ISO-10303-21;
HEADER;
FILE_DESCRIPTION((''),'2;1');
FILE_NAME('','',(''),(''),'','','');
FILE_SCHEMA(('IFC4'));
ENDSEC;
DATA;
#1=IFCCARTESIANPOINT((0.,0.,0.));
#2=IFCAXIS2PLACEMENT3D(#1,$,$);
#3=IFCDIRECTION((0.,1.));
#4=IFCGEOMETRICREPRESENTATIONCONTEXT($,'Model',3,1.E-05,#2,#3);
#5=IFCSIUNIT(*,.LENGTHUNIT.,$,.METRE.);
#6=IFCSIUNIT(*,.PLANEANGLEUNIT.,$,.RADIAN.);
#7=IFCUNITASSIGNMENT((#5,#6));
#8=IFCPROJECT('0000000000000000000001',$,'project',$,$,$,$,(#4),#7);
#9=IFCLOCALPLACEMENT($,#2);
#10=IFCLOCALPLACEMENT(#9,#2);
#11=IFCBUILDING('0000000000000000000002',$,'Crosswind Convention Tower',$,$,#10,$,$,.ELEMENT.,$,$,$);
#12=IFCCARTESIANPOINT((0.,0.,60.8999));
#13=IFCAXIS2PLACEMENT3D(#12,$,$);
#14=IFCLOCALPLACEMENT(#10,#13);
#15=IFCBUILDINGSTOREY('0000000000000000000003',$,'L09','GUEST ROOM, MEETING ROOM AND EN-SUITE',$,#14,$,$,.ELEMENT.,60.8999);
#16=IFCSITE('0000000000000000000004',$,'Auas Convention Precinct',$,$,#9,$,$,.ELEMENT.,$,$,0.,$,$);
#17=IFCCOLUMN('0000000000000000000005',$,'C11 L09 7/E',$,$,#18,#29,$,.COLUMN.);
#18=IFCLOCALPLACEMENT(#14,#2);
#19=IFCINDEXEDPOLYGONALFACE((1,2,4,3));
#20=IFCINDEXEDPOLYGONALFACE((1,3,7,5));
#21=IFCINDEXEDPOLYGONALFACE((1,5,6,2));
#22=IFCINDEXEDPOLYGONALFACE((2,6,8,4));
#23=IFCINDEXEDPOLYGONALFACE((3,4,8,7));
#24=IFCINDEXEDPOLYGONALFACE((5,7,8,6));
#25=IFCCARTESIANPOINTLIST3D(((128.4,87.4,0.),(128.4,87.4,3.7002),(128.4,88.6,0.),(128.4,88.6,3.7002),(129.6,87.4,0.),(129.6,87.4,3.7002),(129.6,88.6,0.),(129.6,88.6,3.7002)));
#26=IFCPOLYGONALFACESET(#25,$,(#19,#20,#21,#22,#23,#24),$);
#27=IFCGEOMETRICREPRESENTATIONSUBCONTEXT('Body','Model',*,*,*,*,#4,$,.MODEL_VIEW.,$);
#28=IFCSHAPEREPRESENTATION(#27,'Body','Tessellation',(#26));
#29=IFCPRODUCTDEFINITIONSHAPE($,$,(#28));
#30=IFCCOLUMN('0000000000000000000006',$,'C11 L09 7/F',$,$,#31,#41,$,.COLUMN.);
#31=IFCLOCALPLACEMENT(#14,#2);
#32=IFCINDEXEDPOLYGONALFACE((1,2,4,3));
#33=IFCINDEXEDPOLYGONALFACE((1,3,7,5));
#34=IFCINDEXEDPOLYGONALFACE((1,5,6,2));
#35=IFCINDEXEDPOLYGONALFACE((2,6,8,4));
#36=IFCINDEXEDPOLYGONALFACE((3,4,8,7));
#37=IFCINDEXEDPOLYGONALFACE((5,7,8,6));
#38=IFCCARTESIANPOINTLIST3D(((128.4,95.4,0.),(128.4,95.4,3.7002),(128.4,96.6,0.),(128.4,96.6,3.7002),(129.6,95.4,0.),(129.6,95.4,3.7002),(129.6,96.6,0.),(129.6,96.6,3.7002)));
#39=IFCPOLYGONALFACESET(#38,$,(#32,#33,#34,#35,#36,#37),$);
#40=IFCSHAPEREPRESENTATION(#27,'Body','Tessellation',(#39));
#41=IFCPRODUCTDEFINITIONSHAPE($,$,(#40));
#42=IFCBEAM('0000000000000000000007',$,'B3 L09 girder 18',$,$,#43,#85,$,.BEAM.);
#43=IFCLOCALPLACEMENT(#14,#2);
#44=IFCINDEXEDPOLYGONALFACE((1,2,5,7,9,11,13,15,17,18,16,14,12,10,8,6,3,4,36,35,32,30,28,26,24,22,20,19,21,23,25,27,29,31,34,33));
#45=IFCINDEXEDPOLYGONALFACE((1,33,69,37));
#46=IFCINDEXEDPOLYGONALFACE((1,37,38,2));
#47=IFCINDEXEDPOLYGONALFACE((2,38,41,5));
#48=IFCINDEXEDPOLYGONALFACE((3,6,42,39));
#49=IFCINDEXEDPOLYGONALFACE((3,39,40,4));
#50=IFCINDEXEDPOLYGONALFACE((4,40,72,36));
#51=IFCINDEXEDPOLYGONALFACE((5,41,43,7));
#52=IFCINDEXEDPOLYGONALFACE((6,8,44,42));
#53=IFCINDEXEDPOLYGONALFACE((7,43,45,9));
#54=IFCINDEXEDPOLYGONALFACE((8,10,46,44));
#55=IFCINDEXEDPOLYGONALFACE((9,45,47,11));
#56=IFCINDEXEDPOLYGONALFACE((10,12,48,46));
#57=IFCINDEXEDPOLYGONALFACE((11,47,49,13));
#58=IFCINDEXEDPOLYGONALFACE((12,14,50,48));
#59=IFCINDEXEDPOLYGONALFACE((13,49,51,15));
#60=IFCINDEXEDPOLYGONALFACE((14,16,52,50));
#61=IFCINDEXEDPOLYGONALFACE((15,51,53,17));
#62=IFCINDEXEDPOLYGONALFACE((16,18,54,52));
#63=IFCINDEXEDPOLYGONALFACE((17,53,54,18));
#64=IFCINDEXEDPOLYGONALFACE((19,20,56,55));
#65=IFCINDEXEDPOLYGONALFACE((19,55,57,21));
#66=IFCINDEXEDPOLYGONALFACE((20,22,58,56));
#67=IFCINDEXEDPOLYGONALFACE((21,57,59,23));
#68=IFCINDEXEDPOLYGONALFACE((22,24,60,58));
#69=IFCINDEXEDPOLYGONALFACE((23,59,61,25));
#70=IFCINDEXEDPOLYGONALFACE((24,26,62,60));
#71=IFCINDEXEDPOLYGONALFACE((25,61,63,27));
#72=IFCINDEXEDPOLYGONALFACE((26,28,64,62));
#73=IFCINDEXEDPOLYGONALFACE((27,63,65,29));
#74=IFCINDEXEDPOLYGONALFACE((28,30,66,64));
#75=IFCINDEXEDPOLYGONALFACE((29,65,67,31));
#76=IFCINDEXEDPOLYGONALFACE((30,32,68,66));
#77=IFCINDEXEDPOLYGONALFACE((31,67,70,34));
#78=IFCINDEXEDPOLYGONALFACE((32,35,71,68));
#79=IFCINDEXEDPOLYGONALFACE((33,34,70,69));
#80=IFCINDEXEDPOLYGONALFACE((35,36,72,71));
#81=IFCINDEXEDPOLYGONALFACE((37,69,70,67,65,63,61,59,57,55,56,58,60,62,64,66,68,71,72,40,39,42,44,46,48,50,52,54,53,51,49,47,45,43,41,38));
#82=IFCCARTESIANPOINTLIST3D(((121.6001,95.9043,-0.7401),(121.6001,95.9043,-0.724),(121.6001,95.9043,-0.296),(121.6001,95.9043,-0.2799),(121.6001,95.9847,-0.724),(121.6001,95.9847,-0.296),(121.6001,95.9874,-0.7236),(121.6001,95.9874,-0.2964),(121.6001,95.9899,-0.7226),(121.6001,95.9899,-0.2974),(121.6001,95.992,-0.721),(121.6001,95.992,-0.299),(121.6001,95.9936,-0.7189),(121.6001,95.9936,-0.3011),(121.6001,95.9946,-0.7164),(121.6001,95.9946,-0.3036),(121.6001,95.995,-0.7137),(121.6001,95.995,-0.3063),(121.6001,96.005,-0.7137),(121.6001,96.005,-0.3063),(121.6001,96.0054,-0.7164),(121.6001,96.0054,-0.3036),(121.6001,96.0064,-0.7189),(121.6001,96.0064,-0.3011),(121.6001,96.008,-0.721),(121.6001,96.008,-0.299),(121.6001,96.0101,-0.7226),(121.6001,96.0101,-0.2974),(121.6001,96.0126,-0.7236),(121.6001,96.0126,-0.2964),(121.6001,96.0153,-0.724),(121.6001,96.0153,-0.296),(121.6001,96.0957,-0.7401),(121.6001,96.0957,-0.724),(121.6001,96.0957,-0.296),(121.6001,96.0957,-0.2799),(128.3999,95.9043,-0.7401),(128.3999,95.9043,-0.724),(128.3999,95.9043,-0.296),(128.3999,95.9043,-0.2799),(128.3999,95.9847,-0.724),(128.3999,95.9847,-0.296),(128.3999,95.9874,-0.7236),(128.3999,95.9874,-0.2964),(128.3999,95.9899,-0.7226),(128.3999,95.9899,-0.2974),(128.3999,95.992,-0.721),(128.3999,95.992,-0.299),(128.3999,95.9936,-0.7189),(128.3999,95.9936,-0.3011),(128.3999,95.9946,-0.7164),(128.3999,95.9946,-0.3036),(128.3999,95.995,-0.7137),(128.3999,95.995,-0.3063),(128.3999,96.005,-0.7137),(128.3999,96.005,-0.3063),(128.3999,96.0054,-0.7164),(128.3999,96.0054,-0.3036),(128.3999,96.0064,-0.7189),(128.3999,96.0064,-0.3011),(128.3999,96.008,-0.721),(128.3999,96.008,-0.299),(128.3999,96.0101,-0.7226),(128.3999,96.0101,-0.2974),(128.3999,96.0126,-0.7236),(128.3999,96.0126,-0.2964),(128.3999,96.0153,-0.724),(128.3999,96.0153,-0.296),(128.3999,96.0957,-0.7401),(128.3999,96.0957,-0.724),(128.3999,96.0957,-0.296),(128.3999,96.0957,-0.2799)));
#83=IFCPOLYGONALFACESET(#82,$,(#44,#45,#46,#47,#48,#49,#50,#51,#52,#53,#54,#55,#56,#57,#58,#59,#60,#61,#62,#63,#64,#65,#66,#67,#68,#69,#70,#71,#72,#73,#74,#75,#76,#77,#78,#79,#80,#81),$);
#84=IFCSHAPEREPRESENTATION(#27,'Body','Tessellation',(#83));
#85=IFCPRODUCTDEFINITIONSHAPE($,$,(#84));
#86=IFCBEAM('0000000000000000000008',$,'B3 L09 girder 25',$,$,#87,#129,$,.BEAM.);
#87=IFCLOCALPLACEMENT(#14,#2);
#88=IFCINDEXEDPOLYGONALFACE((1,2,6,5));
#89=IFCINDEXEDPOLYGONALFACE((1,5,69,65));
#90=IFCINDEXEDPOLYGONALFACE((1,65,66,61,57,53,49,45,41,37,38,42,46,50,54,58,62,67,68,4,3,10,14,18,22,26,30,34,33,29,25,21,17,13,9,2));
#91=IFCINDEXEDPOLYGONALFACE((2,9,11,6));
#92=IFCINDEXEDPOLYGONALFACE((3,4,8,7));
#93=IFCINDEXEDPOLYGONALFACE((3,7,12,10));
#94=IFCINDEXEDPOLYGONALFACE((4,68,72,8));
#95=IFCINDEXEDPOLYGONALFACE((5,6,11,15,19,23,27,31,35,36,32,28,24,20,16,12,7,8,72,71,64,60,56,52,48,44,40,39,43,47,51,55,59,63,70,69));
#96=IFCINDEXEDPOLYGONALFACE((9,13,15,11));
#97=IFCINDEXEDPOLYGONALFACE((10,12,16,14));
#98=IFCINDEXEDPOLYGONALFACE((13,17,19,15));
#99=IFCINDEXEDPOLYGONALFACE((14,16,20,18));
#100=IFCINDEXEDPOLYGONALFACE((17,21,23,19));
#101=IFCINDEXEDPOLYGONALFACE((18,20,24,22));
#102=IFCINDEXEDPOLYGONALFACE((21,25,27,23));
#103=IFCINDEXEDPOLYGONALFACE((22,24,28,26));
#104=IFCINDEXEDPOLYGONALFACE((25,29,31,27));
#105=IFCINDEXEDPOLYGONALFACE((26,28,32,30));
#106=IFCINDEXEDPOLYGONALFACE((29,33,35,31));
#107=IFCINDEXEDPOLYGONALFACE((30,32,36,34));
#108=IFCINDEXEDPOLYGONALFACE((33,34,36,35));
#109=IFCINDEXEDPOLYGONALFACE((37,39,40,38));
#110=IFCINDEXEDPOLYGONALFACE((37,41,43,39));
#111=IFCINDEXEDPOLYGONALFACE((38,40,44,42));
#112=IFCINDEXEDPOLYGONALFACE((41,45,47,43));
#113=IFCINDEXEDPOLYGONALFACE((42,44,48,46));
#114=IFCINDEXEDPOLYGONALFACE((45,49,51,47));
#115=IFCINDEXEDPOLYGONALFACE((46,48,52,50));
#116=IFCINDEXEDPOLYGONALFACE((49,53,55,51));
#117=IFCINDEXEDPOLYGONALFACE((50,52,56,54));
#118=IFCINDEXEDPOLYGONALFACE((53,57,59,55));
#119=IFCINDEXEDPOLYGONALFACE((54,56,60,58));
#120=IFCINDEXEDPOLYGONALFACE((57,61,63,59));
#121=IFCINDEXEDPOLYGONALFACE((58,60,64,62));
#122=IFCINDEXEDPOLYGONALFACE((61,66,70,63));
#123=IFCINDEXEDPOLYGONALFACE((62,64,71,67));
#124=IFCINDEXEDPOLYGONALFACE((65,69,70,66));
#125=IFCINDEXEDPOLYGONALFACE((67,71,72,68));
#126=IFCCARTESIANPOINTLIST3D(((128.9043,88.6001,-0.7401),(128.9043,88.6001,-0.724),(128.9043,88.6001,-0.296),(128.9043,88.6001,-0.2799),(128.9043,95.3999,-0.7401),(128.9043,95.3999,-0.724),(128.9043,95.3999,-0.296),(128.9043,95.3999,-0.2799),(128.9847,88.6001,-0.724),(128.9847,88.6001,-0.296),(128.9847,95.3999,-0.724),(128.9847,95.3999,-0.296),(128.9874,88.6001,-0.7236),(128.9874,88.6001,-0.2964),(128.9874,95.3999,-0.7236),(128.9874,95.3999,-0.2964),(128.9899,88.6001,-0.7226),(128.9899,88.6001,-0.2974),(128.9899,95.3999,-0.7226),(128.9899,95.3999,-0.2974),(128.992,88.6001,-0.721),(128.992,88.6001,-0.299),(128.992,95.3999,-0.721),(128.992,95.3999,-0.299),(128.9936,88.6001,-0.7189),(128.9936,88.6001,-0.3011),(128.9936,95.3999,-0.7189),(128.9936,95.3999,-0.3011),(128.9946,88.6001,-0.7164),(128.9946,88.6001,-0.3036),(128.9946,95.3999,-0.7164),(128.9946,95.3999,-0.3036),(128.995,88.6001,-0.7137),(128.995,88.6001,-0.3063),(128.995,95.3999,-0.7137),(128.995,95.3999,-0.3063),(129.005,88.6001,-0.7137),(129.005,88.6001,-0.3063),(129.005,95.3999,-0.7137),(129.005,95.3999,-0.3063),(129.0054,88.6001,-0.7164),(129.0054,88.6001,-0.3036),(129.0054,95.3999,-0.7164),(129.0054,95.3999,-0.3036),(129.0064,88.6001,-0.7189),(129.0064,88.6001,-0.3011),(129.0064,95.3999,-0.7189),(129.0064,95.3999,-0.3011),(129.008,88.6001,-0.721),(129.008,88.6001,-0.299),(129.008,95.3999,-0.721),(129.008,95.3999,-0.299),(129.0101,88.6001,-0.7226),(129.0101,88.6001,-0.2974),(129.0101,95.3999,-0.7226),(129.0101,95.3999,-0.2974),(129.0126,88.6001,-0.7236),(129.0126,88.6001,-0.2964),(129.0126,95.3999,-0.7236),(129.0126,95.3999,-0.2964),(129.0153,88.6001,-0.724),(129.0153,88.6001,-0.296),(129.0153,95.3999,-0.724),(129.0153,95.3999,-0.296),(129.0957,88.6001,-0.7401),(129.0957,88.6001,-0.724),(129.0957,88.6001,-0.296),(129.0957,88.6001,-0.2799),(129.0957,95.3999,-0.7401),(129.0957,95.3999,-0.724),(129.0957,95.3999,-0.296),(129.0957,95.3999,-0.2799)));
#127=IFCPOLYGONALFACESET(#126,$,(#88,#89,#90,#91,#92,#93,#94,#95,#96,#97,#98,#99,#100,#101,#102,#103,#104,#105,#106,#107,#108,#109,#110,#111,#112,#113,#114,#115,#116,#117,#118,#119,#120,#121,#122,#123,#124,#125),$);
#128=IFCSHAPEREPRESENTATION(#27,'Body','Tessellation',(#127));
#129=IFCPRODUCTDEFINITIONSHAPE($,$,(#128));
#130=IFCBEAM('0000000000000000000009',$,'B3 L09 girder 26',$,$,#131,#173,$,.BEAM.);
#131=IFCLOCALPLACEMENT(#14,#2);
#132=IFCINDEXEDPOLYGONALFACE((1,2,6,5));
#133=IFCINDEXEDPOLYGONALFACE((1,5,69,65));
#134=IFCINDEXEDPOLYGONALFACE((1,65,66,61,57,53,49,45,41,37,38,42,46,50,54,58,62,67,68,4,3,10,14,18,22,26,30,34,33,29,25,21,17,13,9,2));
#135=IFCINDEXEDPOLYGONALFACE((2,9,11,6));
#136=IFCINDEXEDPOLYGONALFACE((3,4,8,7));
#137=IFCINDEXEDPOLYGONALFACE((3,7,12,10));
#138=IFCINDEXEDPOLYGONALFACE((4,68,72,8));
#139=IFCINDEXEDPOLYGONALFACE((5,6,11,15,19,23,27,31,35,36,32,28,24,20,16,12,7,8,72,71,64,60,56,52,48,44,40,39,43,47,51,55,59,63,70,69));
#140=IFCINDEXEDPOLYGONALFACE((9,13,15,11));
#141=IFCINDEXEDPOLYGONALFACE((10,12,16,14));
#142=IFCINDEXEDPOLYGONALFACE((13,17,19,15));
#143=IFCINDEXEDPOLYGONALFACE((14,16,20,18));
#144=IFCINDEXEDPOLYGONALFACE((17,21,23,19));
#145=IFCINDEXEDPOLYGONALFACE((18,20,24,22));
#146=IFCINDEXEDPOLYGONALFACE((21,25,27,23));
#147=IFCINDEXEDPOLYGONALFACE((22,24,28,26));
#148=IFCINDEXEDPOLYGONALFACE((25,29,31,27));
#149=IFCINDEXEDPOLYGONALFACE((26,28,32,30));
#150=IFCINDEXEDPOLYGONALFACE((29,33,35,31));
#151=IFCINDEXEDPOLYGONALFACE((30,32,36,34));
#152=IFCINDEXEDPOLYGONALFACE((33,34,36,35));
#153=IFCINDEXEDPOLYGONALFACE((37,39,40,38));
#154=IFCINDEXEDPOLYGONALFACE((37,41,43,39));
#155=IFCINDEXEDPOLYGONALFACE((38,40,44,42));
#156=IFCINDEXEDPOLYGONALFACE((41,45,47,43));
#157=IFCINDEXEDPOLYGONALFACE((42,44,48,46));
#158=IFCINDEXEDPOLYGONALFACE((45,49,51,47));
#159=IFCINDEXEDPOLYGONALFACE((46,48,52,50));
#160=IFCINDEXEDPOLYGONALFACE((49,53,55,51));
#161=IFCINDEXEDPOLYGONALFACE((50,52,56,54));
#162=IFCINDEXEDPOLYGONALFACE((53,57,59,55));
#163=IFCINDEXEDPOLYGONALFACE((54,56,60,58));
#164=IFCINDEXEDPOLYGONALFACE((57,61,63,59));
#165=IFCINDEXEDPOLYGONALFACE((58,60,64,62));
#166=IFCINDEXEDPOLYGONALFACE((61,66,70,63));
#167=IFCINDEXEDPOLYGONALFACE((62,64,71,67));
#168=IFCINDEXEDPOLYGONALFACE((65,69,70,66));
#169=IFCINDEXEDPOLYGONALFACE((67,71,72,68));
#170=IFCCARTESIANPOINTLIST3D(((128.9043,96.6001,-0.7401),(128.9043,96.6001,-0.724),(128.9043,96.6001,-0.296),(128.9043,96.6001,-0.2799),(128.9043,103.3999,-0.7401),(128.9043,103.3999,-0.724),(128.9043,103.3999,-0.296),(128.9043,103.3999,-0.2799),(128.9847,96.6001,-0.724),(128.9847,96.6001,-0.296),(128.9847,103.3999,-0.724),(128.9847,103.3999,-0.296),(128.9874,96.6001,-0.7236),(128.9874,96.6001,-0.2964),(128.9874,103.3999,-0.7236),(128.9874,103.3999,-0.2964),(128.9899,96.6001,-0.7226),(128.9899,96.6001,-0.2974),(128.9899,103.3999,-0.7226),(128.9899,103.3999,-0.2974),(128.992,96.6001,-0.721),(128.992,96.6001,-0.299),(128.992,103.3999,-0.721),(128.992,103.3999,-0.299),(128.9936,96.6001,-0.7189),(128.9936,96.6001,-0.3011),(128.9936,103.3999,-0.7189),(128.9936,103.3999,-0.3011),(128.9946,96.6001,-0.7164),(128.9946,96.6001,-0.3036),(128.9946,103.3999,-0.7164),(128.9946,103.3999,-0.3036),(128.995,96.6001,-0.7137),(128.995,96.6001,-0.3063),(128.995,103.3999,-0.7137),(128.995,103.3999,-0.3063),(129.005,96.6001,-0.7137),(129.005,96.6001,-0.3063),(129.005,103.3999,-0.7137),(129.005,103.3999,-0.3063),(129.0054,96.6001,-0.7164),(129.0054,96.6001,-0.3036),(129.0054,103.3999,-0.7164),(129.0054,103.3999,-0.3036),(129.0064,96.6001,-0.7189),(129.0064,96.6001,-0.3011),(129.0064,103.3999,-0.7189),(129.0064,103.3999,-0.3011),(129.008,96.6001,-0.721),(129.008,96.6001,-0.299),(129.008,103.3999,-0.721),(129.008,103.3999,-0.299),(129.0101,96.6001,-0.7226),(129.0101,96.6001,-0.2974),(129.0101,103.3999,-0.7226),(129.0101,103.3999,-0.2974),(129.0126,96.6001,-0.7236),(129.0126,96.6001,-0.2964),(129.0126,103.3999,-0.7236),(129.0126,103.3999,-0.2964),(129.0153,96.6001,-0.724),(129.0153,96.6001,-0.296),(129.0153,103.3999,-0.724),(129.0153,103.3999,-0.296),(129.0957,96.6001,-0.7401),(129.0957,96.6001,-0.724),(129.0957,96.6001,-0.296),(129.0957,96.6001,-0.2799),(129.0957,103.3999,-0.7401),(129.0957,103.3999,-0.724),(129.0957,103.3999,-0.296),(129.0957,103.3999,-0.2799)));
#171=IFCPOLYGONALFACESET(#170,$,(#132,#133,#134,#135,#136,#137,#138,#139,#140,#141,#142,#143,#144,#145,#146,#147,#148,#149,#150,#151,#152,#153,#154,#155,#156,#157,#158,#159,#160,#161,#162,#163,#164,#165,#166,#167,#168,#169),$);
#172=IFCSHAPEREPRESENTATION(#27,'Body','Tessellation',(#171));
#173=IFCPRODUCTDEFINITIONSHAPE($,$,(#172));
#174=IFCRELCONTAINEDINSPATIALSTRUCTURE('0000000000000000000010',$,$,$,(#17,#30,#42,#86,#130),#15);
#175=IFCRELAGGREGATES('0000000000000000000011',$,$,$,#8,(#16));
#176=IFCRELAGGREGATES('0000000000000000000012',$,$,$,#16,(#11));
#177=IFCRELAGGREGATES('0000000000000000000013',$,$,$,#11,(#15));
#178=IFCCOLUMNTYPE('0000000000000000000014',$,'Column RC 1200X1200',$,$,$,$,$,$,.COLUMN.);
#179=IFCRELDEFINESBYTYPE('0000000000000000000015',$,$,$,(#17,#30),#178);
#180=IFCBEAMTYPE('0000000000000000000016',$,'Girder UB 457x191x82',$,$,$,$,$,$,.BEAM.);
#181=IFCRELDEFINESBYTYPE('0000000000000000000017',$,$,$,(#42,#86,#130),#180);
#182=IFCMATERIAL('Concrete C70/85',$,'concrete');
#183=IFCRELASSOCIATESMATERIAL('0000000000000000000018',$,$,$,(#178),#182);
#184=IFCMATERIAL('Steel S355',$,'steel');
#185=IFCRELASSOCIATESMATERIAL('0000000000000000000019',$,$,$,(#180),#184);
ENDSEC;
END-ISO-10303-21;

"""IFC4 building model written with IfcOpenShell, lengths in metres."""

from ifc_helpers import new_model, si_unit, direction, frame, origin, origin_2d, place, context, subcontext, project, spatial, rectangle, i_section, extrude, material, material_profile, profile_set, type_object, element, save


model = new_model("IFC4")

# Units and contexts
model_context = context("Model", 3, precision=1e-05, world=origin(), true_north=direction((0.0, 1.0)))
body_context = subcontext(model_context, "Body", "Model", "MODEL_VIEW")
ifc_project = project(units=[si_unit("LENGTHUNIT", "METRE"), si_unit("PLANEANGLEUNIT", "RADIAN")], contexts=[model_context])

# Site, building, storey
site_placement = place(None, origin())
site = spatial("IfcSite", under=ifc_project, at=site_placement, Name="Auas Convention Precinct", CompositionType="ELEMENT", RefElevation=0.0)
building_placement = place(site_placement, origin())
building = spatial("IfcBuilding", under=site, at=building_placement, Name="Crosswind Convention Tower", CompositionType="ELEMENT")
storey_placement = place(building_placement, frame((0.0, 0.0, 60.8999)))
storey = spatial("IfcBuildingStorey", under=building, at=storey_placement, Name="L09", Description="GUEST ROOM, MEETING ROOM AND EN-SUITE", CompositionType="ELEMENT", Elevation=60.8999)

# Columns
ifc_material_1 = material(Name="Concrete C70/85", Category="concrete")
ifc_material_profile_1 = material_profile(ifc_material_1, rectangle(XDim=1.2, YDim=1.2, at=origin_2d()), Name="RC 1200X1200")
ifc_profile_set_1 = profile_set([ifc_material_profile_1], Name="Concrete C70/85")
column_type = type_object("IfcColumnType", Name="Column RC 1200X1200", PredefinedType="COLUMN", material=ifc_profile_set_1)
for number, where, z_axis, x_axis, name in (
    (1, (129.0, 88.0, 0.0), (0.0, 0.0, 1.0), (1.0, 0.0, 0.0), "C11 L09 7/E"),
    (2, (129.0, 96.0, 0.0), (0.0, 0.0, 1.0), (1.0, 0.0, 0.0), "C11 L09 7/F"),
):
    element("IfcColumn", number, at=place(storey_placement, frame(where, z_axis=z_axis, x_axis=x_axis)), inside=storey, type_object=column_type, Name=name, PredefinedType="COLUMN", context=body_context, shape_type="SweptSolid", body=[
        extrude(rectangle(XDim=1.2, YDim=1.2, at=origin_2d()), origin(), (0.0, 0.0, 1.0), 3.7002),
    ])

# Beams
ifc_material_2 = material(Name="Steel S355", Category="steel")
ifc_material_profile_2 = material_profile(ifc_material_2, i_section(OverallWidth=0.1914, OverallDepth=0.4602, WebThickness=0.01, FlangeThickness=0.0161, FilletRadius=0.0103, at=origin_2d()), Name="UB 457x191x82")
ifc_profile_set_2 = profile_set([ifc_material_profile_2], Name="Steel S355")
beam_type_1 = type_object("IfcBeamType", Name="Girder UB 457x191x82", PredefinedType="BEAM", material=ifc_profile_set_2)
for number, where, z_axis, x_axis, name in (
    (3, (121.6001, 96.0, -0.51), (1.0, 0.0, 0.0), (0.0, 1.0, 0.0), "B3 L09 girder 18"),
    (4, (129.0, 88.6001, -0.51), (0.0, 1.0, 0.0), (-1.0, 0.0, 0.0), "B3 L09 girder 25"),
    (5, (129.0, 96.6001, -0.51), (0.0, 1.0, 0.0), (-1.0, 0.0, 0.0), "B3 L09 girder 26"),
):
    element("IfcBeam", number, at=place(storey_placement, frame(where, z_axis=z_axis, x_axis=x_axis)), inside=storey, type_object=beam_type_1, Name=name, PredefinedType="BEAM", context=body_context, shape_type="SweptSolid", body=[
        extrude(i_section(OverallWidth=0.1914, OverallDepth=0.4602, WebThickness=0.01, FlangeThickness=0.0161, FilletRadius=0.0103, at=origin_2d()), origin(), (0.0, 0.0, 1.0), 6.7998),
    ])

save(model, "model.ifc")
